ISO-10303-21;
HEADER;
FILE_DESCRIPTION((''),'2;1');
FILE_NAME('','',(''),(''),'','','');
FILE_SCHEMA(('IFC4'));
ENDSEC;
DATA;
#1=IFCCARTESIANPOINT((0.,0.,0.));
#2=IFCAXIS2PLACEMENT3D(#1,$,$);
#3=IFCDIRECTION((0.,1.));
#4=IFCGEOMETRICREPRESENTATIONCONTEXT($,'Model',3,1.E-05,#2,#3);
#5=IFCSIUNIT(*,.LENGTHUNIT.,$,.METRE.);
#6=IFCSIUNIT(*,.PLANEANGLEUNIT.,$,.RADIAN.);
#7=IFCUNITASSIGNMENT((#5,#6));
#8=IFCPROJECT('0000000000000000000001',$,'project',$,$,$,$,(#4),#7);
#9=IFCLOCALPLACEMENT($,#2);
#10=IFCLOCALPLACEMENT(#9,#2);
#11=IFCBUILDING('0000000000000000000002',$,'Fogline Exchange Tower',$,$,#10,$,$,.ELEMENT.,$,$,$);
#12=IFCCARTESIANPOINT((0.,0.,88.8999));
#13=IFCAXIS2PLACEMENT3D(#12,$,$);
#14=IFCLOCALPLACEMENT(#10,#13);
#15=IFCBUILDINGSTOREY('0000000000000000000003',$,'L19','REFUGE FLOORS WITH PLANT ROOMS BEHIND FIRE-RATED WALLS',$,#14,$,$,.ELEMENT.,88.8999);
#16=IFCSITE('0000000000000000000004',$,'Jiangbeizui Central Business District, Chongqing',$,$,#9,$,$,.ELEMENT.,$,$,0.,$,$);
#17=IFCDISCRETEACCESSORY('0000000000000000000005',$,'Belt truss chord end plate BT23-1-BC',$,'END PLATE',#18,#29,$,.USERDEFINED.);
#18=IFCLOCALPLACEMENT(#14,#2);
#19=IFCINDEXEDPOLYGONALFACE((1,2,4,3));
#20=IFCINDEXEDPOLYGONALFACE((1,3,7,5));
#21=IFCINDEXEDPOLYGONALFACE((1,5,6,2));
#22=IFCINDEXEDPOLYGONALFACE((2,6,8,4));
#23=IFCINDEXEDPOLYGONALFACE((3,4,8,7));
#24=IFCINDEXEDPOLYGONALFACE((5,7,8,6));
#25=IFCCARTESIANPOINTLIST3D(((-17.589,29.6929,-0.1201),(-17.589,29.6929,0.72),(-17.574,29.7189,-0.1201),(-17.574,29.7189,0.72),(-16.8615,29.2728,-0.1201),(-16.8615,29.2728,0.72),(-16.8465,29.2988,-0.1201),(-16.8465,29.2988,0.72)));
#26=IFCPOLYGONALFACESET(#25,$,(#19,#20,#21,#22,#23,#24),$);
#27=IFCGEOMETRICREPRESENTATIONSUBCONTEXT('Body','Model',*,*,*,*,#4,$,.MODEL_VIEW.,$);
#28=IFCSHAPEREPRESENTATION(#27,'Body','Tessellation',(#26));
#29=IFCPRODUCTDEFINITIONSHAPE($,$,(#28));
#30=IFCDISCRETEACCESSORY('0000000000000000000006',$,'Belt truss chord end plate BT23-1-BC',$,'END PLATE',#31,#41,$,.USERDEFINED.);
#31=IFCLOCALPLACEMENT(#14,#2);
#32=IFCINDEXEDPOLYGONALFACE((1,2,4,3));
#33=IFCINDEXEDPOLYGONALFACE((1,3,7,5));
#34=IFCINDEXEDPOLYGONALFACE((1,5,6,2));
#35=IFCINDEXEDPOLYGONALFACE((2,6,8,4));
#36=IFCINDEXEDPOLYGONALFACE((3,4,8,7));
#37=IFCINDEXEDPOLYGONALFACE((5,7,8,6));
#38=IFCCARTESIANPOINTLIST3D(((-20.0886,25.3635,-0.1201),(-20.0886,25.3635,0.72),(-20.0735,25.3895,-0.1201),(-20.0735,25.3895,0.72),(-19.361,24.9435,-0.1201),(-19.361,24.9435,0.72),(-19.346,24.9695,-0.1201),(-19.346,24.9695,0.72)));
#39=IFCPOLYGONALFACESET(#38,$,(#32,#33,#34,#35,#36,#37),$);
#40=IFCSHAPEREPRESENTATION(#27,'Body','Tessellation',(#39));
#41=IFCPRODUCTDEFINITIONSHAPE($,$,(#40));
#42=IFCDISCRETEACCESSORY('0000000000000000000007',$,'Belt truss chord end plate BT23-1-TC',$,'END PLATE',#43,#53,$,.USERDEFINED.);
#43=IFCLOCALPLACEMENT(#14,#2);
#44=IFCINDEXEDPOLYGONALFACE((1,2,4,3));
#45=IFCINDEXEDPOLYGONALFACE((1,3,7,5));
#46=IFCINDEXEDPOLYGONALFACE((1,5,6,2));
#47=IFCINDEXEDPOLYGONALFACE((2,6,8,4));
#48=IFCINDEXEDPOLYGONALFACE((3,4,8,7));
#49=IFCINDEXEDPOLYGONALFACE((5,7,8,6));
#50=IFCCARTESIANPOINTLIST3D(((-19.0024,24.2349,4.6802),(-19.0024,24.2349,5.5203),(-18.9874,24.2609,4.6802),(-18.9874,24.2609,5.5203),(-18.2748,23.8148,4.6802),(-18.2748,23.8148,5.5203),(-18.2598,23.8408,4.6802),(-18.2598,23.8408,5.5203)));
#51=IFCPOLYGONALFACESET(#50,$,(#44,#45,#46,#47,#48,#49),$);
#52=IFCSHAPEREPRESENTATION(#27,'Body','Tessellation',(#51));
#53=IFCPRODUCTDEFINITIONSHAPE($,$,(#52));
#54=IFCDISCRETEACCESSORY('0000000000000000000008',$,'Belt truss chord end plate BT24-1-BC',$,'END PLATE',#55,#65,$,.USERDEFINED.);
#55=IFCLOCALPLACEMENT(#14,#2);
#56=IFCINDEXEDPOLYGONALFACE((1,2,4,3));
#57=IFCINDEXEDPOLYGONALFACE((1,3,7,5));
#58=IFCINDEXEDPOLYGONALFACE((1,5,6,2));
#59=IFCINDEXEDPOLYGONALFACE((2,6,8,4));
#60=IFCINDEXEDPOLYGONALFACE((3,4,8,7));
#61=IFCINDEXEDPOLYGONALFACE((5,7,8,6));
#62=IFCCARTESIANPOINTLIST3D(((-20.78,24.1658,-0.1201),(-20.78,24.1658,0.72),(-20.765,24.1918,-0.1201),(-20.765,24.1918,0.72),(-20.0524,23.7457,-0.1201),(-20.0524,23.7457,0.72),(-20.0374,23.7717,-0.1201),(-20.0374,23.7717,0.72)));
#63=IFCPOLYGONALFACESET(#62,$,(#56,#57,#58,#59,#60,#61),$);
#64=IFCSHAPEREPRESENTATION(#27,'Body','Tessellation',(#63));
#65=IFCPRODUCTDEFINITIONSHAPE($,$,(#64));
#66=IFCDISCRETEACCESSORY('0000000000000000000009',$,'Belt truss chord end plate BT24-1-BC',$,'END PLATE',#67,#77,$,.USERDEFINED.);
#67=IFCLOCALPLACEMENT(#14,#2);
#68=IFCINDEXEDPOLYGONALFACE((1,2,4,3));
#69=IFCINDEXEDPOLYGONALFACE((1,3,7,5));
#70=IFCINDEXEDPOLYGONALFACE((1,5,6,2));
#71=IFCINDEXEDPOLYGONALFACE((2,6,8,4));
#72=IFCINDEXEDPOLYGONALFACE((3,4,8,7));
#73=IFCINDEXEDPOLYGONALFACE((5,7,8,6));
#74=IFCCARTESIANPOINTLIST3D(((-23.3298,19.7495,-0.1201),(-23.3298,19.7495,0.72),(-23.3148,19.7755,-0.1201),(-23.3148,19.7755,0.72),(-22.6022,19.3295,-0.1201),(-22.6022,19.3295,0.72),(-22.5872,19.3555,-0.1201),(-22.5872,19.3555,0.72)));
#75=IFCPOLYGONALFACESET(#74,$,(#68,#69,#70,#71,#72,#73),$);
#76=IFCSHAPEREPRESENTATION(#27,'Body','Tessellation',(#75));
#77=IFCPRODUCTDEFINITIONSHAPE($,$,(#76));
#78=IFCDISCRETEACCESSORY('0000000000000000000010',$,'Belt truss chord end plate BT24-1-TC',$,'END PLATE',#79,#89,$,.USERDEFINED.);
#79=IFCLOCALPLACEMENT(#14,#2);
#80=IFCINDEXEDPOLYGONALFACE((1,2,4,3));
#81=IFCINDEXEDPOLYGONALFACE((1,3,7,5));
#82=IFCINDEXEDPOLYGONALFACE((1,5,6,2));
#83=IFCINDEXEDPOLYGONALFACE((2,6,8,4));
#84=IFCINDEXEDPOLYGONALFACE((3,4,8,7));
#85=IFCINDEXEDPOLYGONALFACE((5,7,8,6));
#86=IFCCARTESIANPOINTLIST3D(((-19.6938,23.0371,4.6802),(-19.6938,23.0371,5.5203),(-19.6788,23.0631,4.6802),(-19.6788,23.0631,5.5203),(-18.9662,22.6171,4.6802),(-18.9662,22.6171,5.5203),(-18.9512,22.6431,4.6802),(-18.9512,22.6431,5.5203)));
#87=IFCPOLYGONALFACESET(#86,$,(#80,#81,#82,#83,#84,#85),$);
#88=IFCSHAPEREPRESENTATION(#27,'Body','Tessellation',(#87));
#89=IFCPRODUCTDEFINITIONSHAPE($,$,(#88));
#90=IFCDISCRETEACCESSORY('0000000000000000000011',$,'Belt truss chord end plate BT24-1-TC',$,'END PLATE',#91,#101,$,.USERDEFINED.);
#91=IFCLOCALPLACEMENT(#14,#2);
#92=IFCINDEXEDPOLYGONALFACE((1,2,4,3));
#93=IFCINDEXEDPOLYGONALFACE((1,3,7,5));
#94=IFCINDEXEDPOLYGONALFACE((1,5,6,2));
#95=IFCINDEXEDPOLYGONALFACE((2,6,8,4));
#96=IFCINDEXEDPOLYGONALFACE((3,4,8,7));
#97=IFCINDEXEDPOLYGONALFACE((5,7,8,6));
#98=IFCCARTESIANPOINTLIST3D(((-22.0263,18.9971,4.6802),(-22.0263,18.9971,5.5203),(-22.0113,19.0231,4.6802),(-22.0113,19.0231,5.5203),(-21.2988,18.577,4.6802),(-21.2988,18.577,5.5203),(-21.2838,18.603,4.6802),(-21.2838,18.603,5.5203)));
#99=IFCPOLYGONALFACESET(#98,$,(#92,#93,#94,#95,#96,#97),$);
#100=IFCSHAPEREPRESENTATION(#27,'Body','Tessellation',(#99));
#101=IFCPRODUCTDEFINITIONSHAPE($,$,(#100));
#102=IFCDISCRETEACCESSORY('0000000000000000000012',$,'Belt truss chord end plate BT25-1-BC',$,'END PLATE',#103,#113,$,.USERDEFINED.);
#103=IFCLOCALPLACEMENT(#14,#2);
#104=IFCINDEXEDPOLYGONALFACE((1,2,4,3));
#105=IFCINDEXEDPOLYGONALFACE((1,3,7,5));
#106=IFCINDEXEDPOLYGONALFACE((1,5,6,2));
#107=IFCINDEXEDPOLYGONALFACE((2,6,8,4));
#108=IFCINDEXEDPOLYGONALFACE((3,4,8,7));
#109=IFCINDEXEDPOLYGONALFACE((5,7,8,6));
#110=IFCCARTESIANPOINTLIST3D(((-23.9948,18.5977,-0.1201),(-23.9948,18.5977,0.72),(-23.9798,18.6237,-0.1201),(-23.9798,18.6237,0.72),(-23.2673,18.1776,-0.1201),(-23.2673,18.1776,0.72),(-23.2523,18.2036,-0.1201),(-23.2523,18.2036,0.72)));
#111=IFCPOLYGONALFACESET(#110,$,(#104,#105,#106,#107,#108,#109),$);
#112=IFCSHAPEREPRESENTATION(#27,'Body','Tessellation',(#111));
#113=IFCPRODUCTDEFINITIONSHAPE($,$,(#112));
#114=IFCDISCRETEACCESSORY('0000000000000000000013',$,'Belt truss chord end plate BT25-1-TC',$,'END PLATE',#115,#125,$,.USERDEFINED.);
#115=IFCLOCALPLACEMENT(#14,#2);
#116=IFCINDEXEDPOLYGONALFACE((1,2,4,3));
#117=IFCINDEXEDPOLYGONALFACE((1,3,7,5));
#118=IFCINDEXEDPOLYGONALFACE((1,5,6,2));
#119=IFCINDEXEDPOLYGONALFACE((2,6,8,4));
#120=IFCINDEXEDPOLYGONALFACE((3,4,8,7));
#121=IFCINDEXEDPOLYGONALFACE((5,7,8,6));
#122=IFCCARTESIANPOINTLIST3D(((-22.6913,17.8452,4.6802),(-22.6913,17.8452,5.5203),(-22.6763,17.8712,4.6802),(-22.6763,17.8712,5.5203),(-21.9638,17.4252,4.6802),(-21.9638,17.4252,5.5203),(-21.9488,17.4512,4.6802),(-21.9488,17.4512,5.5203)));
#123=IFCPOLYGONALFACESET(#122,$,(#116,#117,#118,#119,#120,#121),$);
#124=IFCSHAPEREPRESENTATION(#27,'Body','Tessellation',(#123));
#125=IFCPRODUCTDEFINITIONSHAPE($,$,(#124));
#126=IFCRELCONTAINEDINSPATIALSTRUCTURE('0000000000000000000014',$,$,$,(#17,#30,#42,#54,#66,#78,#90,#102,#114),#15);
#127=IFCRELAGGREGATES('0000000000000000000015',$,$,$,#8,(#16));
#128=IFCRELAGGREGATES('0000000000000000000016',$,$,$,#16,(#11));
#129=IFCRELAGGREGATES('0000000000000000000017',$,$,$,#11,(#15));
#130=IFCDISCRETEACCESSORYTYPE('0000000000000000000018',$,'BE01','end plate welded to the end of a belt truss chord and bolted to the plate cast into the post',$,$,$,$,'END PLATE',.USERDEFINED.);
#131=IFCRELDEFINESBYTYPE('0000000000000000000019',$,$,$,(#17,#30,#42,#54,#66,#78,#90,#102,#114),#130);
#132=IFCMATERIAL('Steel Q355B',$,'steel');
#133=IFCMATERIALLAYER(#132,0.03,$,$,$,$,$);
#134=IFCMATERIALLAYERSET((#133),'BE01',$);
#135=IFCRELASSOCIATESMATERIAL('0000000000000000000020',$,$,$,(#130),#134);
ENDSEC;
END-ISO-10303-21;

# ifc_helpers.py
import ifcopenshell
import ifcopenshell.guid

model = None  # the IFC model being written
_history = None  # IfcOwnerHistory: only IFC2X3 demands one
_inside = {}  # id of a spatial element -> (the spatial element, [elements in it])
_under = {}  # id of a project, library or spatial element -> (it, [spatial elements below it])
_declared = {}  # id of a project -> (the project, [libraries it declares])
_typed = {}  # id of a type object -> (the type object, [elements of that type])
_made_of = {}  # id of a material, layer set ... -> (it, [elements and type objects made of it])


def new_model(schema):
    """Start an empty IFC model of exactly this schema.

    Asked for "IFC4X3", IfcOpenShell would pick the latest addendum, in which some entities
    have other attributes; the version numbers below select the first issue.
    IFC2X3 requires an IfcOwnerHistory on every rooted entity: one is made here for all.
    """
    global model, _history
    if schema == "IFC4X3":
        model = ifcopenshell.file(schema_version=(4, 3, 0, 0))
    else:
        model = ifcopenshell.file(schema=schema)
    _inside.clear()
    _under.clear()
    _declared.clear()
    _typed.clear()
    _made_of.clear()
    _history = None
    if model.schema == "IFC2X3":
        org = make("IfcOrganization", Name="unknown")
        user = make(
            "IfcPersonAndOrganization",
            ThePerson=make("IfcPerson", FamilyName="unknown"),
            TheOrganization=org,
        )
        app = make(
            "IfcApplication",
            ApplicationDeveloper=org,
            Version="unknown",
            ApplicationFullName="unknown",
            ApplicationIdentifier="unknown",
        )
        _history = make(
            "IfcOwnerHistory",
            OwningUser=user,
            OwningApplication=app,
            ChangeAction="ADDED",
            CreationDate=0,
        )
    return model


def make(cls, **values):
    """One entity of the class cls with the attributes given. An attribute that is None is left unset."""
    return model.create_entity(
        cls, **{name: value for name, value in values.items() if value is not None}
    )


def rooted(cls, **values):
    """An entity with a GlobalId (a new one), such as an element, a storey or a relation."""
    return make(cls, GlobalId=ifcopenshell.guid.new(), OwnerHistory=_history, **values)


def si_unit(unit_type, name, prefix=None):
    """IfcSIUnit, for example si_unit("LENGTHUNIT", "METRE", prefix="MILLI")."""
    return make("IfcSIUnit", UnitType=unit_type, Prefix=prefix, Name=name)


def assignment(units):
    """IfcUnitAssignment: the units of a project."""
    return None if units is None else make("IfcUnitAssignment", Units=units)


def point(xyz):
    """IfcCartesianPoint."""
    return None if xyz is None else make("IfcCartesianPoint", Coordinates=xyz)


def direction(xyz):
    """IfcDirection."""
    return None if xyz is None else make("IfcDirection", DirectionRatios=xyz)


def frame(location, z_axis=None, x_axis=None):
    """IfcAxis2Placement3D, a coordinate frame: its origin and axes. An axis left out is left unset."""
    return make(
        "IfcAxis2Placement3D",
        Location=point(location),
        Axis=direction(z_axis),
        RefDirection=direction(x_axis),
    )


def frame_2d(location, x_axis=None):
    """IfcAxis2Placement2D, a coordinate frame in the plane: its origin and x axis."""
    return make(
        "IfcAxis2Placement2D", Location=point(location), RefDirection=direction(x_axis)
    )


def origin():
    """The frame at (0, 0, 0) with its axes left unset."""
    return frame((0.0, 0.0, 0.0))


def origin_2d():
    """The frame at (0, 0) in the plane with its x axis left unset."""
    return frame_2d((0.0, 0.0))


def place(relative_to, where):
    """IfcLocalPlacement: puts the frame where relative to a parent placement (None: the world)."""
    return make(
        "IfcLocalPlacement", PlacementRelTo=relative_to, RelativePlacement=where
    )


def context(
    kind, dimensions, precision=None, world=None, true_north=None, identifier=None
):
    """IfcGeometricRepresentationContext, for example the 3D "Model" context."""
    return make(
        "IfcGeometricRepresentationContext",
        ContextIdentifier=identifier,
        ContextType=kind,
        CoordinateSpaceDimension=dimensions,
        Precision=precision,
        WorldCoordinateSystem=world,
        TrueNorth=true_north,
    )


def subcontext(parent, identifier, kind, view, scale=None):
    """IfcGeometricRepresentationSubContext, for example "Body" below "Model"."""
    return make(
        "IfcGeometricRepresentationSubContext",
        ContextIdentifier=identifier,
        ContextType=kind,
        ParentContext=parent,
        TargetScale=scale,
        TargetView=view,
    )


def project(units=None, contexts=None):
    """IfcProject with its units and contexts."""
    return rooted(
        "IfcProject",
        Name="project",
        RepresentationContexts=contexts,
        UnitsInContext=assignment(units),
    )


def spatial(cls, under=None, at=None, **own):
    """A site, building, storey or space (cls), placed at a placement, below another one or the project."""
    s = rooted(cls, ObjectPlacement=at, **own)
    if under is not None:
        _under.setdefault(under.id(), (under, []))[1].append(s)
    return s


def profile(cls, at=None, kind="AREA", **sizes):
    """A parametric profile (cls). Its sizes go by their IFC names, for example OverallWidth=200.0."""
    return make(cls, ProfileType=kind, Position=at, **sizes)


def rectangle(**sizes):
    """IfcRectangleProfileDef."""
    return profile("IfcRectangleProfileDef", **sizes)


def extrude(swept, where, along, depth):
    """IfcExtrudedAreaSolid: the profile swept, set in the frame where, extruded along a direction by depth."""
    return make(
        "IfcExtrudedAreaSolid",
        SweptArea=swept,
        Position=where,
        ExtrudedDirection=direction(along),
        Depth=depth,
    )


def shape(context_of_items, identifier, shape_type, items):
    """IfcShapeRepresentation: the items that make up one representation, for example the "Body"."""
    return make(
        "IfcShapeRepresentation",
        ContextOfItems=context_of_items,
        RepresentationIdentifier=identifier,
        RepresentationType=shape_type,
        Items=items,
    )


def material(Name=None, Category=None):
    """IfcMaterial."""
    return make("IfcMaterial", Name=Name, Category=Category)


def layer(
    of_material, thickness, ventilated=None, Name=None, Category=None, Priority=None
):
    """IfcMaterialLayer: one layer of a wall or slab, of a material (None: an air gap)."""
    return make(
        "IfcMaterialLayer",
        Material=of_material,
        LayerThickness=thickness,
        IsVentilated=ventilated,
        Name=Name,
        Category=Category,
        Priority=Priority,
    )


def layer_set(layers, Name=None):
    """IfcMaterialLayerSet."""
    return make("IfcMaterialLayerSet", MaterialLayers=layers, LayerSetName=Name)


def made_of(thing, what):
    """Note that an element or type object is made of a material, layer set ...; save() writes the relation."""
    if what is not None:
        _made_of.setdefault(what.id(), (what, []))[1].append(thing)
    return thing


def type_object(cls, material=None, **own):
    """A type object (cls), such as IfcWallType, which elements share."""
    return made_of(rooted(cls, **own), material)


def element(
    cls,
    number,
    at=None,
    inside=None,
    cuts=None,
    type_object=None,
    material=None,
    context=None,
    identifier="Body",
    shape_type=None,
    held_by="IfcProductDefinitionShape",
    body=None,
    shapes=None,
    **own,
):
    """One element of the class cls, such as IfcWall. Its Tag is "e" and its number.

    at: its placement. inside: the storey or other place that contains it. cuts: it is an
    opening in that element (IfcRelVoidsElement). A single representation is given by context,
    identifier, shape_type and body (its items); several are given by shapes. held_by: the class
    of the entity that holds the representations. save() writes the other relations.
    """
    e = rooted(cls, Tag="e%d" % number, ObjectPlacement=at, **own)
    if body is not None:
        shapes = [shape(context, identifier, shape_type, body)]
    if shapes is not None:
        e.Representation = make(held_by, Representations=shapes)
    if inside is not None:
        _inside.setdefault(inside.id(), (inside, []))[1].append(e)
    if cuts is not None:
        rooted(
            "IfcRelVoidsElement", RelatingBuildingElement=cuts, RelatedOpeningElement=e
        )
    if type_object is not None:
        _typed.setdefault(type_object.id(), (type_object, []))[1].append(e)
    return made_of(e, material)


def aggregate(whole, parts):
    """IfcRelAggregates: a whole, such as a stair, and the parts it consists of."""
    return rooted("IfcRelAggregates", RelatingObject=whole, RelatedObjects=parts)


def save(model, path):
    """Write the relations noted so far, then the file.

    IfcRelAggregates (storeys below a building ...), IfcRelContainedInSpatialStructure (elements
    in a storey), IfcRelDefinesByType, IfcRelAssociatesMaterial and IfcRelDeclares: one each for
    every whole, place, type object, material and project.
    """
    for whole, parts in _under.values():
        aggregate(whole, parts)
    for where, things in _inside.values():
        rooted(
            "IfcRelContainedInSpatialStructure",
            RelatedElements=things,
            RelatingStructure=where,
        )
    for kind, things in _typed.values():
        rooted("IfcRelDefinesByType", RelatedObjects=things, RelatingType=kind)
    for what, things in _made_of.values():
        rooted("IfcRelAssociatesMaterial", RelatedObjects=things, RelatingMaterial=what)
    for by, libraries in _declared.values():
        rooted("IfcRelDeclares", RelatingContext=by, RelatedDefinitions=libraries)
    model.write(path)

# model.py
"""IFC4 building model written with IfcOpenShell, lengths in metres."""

from ifc_helpers import new_model, si_unit, direction, frame, origin, origin_2d, place, context, subcontext, project, spatial, rectangle, extrude, material, layer, layer_set, type_object, element, save


model = new_model("IFC4")

# Units and contexts
model_context = context("Model", 3, precision=1e-05, world=origin(), true_north=direction((0.0, 1.0)))
body_context = subcontext(model_context, "Body", "Model", "MODEL_VIEW")
ifc_project = project(units=[si_unit("LENGTHUNIT", "METRE"), si_unit("PLANEANGLEUNIT", "RADIAN")], contexts=[model_context])

# Site, building, storey
site_placement = place(None, origin())
site = spatial("IfcSite", under=ifc_project, at=site_placement, Name="Jiangbeizui Central Business District, Chongqing", CompositionType="ELEMENT", RefElevation=0.0)
building_placement = place(site_placement, origin())
building = spatial("IfcBuilding", under=site, at=building_placement, Name="Fogline Exchange Tower", CompositionType="ELEMENT")
storey_placement = place(building_placement, frame((0.0, 0.0, 88.8999)))
storey = spatial("IfcBuildingStorey", under=building, at=storey_placement, Name="L19", Description="REFUGE FLOORS WITH PLANT ROOMS BEHIND FIRE-RATED WALLS", CompositionType="ELEMENT", Elevation=88.8999)

# Shared definitions
ifc_material_1 = material(Name="Steel Q355B", Category="steel")

# Discrete accessories
ifc_layer = layer(ifc_material_1, 0.03)
ifc_layer_set = layer_set([ifc_layer], Name="BE01")
discrete_accessory_type = type_object("IfcDiscreteAccessoryType", Name="BE01", Description="end plate welded to the end of a belt truss chord and bolted to the plate cast into the post", ElementType="END PLATE", PredefinedType="USERDEFINED", material=ifc_layer_set)
for number, where, z_axis, x_axis, name in (
    (1, (-17.2178, 29.4958, -0.1201), (0.0, 0.0, 1.0), (0.5, 0.866025, 0.0), "Belt truss chord end plate BT23-1-BC"),
    (2, (-19.7173, 25.1665, -0.1201), (0.0, 0.0, 1.0), (-0.5, -0.866025, 0.0), "Belt truss chord end plate BT23-1-BC"),
    (3, (-18.6311, 24.0378, 4.6802), (0.0, 0.0, 1.0), (-0.5, -0.866025, 0.0), "Belt truss chord end plate BT23-1-TC"),
    (4, (-20.4087, 23.9688, -0.1201), (0.0, 0.0, 1.0), (0.5, 0.866025, 0.0), "Belt truss chord end plate BT24-1-BC"),
    (5, (-22.9585, 19.5525, -0.1201), (0.0, 0.0, 1.0), (-0.5, -0.866025, 0.0), "Belt truss chord end plate BT24-1-BC"),
    (6, (-19.3225, 22.8401, 4.6802), (0.0, 0.0, 1.0), (0.5, 0.866025, 0.0), "Belt truss chord end plate BT24-1-TC"),
    (7, (-21.655, 18.8, 4.6802), (0.0, 0.0, 1.0), (-0.5, -0.866025, 0.0), "Belt truss chord end plate BT24-1-TC"),
    (8, (-23.6235, 18.4006, -0.1201), (0.0, 0.0, 1.0), (0.5, 0.866025, 0.0), "Belt truss chord end plate BT25-1-BC"),
    (9, (-22.3201, 17.6482, 4.6802), (0.0, 0.0, 1.0), (0.5, 0.866025, 0.0), "Belt truss chord end plate BT25-1-TC"),
):
    element("IfcDiscreteAccessory", number, at=place(storey_placement, frame(where, z_axis=z_axis, x_axis=x_axis)), inside=storey, type_object=discrete_accessory_type, Name=name, ObjectType="END PLATE", PredefinedType="USERDEFINED", context=body_context, shape_type="SweptSolid", body=[
        extrude(rectangle(XDim=0.03, YDim=0.8401, at=origin_2d()), origin(), (0.0, 0.0, 1.0), 0.8401),
    ])

save(model, "model.ifc")
